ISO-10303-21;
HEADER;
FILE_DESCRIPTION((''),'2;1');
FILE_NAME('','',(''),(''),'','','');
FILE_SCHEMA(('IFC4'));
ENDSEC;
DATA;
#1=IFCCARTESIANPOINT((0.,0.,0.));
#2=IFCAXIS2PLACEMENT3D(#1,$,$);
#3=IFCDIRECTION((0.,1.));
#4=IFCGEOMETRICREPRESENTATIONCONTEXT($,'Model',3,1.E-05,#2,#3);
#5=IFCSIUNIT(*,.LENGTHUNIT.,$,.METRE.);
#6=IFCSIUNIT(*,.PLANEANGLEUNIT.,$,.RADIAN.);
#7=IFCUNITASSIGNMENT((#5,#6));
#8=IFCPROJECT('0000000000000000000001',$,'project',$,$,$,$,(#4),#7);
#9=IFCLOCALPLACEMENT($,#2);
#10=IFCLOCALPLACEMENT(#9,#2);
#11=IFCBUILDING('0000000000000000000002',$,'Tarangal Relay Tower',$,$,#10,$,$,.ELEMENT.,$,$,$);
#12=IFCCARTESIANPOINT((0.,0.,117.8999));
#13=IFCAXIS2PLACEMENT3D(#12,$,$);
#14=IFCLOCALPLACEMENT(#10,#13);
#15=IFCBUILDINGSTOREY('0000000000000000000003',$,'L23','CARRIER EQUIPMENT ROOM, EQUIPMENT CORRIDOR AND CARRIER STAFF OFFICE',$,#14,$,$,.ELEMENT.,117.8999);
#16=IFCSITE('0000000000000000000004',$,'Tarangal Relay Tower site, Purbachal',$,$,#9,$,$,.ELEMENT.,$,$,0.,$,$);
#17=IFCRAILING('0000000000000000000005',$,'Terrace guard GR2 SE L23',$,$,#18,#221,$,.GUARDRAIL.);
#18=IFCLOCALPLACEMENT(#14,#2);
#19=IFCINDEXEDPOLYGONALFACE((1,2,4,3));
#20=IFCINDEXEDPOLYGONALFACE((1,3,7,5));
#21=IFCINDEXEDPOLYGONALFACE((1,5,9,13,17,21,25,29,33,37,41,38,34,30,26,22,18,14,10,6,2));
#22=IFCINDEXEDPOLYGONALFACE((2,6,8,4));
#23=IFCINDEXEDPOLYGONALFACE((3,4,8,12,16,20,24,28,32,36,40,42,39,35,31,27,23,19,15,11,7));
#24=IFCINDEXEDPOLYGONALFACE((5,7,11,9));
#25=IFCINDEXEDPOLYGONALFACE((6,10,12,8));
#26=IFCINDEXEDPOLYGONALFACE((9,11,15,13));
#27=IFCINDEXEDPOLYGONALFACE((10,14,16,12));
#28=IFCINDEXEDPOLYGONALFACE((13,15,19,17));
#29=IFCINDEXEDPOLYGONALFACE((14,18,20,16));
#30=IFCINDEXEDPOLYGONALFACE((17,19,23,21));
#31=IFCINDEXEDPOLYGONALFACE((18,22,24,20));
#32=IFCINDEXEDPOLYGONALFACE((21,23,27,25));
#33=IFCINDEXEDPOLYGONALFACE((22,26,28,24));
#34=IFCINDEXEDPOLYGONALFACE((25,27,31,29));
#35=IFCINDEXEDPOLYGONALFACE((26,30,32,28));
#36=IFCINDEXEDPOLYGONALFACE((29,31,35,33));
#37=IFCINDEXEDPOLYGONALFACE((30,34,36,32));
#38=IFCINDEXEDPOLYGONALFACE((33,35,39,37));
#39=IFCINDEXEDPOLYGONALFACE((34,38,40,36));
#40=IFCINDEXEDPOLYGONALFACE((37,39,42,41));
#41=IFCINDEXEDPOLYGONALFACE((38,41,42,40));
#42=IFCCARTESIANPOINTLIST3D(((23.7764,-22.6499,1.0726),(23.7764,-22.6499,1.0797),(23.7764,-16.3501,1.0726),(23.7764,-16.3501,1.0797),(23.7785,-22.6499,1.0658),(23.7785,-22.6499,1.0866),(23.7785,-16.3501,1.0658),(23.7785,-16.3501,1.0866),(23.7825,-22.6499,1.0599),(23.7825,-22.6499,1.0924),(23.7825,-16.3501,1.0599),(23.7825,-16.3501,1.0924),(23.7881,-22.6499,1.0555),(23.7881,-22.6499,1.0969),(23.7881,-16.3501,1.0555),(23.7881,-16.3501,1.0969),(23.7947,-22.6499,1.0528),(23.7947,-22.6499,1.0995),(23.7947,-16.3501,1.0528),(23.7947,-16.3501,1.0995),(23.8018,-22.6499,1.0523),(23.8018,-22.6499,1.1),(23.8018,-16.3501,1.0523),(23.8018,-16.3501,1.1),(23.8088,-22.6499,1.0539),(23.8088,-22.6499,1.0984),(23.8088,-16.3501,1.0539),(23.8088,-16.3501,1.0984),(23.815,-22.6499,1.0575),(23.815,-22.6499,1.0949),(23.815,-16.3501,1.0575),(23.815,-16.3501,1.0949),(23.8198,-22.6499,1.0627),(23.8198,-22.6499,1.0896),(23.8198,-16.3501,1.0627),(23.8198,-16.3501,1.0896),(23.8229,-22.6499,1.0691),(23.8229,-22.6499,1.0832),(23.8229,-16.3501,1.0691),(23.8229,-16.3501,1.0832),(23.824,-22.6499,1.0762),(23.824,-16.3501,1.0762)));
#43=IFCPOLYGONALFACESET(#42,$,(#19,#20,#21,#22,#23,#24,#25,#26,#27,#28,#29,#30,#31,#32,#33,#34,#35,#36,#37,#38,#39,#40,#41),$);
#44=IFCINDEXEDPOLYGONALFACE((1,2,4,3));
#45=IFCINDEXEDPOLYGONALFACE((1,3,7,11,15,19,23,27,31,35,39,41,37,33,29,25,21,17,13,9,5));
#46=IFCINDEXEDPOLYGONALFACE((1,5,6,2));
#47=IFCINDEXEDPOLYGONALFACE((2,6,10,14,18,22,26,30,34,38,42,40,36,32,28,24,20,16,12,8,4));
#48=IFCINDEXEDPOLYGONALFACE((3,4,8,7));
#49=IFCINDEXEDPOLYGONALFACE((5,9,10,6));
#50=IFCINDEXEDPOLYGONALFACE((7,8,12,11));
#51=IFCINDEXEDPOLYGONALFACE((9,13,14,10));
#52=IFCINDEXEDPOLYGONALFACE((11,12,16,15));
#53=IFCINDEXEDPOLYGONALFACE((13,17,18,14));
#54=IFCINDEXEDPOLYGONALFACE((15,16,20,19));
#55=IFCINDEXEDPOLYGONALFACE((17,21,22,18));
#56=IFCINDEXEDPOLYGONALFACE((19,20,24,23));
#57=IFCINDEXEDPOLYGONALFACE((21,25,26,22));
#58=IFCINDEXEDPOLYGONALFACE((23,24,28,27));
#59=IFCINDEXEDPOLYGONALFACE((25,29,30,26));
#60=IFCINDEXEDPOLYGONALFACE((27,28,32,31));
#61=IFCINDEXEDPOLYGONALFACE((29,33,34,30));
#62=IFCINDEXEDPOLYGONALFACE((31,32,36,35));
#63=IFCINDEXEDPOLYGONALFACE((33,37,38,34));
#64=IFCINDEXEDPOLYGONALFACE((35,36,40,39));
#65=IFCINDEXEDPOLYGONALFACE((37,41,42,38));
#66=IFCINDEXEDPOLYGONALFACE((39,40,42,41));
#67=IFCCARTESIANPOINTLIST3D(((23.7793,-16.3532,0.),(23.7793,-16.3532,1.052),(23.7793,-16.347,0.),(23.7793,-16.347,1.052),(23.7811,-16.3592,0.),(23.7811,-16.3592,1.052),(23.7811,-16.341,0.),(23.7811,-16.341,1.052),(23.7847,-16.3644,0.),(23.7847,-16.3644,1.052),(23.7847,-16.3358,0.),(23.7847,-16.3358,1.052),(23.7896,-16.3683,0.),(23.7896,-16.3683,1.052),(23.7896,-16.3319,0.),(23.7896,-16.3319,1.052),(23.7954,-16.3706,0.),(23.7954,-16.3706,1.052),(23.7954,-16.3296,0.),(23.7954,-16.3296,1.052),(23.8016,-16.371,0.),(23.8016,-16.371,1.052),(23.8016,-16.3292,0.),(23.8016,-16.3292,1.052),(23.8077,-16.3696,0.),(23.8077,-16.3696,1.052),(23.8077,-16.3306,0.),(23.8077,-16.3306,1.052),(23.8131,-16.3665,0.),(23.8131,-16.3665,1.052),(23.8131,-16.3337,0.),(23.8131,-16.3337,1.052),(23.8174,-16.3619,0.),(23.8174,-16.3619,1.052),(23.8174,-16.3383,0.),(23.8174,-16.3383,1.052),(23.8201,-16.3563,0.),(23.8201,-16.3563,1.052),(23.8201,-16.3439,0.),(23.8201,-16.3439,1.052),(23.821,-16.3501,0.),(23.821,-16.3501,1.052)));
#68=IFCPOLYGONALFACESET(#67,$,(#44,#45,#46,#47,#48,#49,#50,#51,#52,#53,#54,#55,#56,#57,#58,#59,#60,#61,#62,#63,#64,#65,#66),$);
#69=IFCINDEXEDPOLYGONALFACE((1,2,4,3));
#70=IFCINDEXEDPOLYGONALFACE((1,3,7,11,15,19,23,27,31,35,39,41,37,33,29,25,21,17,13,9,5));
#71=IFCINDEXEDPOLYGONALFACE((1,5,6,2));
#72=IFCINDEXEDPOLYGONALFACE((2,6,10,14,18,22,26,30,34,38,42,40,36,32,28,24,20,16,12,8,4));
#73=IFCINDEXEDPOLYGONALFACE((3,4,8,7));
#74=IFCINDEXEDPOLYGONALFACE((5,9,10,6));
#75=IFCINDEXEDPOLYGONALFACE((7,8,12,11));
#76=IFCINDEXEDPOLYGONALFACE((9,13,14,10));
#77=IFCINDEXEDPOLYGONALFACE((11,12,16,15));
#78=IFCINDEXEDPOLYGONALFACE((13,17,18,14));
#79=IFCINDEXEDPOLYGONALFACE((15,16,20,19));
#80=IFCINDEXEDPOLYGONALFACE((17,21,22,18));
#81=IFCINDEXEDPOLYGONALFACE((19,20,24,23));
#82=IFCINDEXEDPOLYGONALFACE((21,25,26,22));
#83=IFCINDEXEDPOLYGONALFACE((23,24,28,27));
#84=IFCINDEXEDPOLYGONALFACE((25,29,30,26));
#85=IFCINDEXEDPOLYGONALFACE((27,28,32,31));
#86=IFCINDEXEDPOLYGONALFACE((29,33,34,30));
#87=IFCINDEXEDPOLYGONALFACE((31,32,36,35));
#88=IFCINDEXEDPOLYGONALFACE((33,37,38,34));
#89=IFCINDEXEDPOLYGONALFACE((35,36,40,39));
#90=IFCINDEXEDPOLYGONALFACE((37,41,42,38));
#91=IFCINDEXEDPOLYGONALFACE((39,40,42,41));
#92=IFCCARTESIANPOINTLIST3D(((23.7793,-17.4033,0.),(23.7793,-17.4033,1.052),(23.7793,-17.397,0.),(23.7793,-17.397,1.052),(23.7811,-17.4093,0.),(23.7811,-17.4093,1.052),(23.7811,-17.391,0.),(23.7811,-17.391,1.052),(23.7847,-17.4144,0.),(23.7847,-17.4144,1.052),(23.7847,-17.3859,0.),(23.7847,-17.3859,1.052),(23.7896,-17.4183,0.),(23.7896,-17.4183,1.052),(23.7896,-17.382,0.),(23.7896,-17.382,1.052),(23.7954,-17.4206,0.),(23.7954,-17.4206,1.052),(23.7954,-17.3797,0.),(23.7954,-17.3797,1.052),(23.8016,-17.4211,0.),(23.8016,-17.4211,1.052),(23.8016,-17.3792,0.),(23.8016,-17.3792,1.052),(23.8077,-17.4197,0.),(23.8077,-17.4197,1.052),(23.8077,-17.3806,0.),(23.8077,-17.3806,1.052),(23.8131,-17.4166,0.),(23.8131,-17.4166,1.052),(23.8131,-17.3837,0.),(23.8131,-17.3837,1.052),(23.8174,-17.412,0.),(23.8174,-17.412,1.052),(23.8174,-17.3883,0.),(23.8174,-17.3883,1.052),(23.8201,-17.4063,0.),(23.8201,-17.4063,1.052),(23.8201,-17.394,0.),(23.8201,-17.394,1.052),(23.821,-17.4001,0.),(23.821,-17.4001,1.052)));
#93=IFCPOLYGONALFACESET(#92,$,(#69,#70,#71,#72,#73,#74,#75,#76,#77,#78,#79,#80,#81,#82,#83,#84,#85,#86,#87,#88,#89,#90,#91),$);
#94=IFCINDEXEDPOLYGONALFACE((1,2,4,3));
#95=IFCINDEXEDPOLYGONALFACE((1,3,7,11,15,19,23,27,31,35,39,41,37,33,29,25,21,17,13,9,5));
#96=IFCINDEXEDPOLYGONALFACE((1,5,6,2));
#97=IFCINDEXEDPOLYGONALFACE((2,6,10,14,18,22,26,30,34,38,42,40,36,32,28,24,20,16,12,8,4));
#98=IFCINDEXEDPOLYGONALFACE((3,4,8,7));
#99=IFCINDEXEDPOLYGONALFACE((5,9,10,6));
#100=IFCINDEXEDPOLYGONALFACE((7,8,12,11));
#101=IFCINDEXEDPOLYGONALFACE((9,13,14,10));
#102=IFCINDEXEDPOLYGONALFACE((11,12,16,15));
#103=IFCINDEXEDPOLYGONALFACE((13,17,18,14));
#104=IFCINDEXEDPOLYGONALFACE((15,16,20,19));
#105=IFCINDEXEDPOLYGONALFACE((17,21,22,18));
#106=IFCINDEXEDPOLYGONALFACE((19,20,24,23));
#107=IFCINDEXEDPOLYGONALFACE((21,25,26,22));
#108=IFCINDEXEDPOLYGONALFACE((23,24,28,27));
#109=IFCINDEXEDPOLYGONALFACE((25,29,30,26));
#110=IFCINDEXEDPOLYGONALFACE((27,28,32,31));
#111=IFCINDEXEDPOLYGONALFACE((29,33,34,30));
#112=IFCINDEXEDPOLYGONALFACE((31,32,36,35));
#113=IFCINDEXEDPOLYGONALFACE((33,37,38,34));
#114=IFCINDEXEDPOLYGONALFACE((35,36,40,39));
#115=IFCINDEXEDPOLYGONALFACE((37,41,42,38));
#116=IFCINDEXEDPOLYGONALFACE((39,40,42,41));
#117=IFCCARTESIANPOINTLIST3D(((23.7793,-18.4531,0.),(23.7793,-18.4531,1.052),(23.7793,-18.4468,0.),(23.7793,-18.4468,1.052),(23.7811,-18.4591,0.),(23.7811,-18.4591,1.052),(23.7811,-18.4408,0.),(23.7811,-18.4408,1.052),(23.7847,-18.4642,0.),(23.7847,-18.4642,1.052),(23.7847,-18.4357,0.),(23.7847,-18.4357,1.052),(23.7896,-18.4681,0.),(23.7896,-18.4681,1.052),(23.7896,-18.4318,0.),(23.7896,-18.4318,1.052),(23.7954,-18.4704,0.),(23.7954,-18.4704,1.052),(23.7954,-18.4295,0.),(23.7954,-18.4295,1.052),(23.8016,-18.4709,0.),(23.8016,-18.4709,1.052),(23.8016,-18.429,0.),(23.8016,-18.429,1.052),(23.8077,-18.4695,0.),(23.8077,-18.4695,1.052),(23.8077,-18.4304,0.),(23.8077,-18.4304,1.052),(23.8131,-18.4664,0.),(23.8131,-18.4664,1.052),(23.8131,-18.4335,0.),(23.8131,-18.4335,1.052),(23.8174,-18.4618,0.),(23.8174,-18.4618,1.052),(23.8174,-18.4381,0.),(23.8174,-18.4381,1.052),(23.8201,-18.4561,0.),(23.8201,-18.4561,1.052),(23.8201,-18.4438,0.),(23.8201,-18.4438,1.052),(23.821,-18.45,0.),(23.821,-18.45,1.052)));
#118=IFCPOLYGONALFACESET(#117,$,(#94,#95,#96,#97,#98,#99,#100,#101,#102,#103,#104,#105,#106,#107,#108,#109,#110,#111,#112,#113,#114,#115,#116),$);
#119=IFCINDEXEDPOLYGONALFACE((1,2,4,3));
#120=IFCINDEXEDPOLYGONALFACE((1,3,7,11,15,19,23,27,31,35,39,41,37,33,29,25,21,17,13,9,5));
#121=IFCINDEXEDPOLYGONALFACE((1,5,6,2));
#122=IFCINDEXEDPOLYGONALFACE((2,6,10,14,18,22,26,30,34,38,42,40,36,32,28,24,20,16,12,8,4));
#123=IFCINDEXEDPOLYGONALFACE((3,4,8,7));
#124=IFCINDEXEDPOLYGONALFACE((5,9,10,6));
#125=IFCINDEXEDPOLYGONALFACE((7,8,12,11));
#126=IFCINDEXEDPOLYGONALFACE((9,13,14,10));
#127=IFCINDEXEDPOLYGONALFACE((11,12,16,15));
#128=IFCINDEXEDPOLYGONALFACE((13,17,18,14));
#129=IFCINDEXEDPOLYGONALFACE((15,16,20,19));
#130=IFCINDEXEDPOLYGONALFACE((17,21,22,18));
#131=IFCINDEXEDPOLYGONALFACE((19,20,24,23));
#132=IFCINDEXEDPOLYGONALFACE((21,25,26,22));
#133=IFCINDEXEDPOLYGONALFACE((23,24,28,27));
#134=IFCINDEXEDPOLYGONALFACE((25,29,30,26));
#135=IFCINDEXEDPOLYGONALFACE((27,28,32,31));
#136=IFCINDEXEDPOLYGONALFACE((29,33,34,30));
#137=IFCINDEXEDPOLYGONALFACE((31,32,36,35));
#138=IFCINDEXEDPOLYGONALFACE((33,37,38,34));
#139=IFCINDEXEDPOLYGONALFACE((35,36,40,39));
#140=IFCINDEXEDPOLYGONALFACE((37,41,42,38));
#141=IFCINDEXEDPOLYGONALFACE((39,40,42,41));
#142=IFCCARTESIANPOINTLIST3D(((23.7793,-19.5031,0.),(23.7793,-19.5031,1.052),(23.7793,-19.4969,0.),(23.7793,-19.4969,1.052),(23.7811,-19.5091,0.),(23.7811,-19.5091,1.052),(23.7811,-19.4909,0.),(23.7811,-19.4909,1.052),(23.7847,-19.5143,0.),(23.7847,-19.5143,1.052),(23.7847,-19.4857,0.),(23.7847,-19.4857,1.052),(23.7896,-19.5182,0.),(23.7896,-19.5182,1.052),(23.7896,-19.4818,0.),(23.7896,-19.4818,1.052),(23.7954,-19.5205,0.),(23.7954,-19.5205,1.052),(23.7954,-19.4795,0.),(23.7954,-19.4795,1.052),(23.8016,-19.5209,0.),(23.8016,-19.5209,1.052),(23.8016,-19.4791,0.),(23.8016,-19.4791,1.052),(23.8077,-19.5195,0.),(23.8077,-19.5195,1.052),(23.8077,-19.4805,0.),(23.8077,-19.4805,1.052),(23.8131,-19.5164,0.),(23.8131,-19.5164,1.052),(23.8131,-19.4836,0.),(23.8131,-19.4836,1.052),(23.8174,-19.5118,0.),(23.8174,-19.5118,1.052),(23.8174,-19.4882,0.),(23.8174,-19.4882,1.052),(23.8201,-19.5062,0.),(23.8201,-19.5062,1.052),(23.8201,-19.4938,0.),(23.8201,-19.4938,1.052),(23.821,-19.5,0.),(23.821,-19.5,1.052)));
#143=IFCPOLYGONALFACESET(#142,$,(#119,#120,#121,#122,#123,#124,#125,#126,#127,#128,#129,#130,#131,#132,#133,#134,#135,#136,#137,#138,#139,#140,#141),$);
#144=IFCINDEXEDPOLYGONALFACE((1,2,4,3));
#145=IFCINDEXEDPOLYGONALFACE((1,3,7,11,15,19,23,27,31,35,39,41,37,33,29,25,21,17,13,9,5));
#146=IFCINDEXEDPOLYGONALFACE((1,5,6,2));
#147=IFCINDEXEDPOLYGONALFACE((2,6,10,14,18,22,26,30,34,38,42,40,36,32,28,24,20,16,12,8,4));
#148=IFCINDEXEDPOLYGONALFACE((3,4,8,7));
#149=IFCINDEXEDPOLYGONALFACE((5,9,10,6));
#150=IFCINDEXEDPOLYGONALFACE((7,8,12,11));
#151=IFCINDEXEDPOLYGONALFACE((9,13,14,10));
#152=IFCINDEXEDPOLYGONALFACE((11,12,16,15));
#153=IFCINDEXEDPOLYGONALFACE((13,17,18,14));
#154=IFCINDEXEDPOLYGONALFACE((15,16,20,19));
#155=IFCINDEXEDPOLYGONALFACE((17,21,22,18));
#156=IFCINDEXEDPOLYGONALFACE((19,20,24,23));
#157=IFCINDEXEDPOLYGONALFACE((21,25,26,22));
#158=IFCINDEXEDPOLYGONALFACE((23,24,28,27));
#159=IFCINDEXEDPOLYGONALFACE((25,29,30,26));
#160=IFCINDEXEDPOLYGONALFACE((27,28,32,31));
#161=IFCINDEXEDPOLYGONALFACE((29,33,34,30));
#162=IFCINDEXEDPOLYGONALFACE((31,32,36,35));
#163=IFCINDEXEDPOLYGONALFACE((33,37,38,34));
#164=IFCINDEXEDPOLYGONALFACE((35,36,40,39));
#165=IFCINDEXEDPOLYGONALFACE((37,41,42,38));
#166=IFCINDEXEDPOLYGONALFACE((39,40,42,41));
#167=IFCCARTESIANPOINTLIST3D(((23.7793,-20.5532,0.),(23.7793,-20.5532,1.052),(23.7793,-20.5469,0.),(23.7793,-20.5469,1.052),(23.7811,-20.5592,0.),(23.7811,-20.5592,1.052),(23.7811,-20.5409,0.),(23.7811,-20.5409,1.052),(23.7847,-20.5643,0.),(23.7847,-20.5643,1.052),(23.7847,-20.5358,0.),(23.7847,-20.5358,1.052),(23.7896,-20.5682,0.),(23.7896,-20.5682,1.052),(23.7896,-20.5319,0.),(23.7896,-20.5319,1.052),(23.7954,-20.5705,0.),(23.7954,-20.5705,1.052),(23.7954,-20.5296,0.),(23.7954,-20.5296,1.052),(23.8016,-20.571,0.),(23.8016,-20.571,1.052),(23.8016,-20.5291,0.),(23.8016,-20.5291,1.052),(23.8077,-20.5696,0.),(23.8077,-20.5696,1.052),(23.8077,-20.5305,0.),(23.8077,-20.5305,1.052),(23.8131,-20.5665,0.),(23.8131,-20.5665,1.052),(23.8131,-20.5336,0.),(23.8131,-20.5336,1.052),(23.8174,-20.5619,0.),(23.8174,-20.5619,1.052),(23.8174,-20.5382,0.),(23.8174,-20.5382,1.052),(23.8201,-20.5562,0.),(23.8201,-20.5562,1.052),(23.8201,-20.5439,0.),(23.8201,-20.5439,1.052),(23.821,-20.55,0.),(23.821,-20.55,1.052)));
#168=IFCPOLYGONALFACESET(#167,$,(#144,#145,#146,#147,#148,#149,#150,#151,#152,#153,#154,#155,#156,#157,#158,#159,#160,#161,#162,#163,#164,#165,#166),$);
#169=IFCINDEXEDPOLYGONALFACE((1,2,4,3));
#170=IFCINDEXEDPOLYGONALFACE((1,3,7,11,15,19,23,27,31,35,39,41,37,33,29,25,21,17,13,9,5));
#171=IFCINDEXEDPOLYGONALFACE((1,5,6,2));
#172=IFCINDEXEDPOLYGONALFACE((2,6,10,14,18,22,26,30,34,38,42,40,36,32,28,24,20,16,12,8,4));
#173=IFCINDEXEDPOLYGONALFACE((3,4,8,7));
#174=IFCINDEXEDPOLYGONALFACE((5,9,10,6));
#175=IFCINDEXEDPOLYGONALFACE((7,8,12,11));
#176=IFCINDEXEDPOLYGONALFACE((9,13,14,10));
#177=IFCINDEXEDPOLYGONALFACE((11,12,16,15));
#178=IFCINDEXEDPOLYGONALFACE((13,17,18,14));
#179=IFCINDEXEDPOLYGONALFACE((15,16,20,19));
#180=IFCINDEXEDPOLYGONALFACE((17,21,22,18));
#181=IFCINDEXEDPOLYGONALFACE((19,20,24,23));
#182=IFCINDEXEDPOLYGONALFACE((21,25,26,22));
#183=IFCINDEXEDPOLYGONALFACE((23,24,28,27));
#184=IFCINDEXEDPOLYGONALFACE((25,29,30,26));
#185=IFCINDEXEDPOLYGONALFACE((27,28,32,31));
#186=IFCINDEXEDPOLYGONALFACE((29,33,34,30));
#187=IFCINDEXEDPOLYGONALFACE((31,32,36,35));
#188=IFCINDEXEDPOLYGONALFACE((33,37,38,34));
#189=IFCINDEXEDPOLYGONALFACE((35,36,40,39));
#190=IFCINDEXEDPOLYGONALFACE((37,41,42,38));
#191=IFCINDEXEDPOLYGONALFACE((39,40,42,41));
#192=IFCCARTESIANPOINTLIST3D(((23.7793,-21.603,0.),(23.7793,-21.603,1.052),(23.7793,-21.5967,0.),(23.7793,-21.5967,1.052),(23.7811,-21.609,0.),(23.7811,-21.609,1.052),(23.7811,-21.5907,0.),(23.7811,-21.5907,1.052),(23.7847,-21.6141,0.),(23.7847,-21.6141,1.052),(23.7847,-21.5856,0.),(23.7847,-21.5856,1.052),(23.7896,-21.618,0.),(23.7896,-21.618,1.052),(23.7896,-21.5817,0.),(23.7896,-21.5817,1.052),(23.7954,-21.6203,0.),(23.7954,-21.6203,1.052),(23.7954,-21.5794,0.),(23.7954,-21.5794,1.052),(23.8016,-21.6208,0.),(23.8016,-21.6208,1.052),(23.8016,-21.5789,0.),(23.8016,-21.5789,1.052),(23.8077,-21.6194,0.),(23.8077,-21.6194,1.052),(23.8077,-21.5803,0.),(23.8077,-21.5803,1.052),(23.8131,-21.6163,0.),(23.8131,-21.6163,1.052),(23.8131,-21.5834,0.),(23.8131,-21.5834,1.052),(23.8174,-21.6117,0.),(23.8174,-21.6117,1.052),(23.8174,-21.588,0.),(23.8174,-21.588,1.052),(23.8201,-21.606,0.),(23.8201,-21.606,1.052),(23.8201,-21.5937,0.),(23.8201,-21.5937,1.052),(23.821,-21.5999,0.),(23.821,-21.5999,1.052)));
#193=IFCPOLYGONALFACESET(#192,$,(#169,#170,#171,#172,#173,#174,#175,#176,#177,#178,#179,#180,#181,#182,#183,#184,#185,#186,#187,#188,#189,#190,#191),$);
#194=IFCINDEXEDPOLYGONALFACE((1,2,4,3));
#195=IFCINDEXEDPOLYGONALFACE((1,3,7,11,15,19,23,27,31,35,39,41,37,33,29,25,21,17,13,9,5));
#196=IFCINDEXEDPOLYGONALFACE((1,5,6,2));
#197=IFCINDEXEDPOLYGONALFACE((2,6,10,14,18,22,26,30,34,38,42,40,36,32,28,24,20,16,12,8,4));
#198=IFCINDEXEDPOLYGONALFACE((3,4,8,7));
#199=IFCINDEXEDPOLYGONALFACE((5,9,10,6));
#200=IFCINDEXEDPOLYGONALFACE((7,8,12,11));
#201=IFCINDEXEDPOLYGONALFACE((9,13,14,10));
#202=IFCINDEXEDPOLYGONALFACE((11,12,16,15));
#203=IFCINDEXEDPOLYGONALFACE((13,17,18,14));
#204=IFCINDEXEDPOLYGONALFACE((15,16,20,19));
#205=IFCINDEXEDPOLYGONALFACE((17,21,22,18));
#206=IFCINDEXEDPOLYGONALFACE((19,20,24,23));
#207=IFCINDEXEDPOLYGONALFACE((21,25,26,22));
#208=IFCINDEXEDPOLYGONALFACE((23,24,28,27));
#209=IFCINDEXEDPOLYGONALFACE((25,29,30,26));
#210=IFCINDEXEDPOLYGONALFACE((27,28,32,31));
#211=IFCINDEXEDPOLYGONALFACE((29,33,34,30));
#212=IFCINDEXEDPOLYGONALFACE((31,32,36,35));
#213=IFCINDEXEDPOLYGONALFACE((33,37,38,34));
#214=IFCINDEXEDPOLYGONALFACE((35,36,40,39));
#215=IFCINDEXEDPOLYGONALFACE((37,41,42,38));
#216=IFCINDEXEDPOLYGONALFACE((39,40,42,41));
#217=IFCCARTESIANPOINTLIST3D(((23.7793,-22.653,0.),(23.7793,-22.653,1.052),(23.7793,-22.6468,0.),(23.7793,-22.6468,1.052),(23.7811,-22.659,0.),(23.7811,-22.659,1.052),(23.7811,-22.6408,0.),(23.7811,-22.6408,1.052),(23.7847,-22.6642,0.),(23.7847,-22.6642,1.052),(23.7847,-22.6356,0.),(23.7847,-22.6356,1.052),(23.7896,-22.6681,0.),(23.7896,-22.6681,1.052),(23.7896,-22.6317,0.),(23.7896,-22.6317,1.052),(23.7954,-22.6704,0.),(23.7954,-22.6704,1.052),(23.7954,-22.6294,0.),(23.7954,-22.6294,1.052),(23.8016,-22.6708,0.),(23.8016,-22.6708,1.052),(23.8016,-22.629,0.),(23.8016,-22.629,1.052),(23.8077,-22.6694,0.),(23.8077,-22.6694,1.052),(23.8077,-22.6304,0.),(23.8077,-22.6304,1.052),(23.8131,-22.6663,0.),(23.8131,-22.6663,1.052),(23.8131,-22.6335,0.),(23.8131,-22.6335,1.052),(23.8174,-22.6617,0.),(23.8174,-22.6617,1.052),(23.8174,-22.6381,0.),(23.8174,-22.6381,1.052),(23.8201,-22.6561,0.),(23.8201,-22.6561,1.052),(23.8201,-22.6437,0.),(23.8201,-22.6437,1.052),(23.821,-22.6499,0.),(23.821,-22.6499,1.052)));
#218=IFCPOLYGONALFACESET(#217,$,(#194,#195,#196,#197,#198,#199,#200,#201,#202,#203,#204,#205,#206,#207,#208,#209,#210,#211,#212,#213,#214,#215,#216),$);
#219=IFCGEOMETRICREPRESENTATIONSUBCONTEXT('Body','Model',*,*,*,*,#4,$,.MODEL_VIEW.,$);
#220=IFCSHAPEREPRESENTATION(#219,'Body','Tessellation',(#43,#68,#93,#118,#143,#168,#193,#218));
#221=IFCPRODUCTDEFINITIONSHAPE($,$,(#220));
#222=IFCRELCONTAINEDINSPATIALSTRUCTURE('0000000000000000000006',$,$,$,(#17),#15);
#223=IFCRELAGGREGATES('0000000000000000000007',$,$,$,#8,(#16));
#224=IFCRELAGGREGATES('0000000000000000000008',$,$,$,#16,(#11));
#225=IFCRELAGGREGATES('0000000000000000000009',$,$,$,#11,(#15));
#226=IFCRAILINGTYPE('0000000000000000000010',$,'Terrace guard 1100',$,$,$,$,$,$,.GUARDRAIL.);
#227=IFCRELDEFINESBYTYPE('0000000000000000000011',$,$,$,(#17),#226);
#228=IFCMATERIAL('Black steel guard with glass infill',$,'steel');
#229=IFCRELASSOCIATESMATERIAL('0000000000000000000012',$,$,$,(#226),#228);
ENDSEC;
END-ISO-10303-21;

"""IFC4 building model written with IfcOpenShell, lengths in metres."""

from ifc_helpers import new_model, si_unit, direction, frame, origin, origin_2d, place, context, subcontext, project, spatial, circle, extrude, material, type_object, element, save


model = new_model("IFC4")

# Units and contexts
model_context = context("Model", 3, precision=1e-05, world=origin(), true_north=direction((0.0, 1.0)))
body_context = subcontext(model_context, "Body", "Model", "MODEL_VIEW")
ifc_project = project(units=[si_unit("LENGTHUNIT", "METRE"), si_unit("PLANEANGLEUNIT", "RADIAN")], contexts=[model_context])

# Site, building, storey
site_placement = place(None, origin())
site = spatial("IfcSite", under=ifc_project, at=site_placement, Name="Tarangal Relay Tower site, Purbachal", CompositionType="ELEMENT", RefElevation=0.0)
building_placement = place(site_placement, origin())
building = spatial("IfcBuilding", under=site, at=building_placement, Name="Tarangal Relay Tower", CompositionType="ELEMENT")
storey_placement = place(building_placement, frame((0.0, 0.0, 117.8999)))
storey = spatial("IfcBuildingStorey", under=building, at=storey_placement, Name="L23", Description="CARRIER EQUIPMENT ROOM, EQUIPMENT CORRIDOR AND CARRIER STAFF OFFICE", CompositionType="ELEMENT", Elevation=117.8999)

# Railing
ifc_material_1 = material(Name="Black steel guard with glass infill", Category="steel")
railing_type = type_object("IfcRailingType", Name="Terrace guard 1100", PredefinedType="GUARDRAIL", material=ifc_material_1)
railing_placement = place(storey_placement, frame((23.8, -16.3501, 0.0)))
element("IfcRailing", 1, at=railing_placement, inside=storey, type_object=railing_type, Name="Terrace guard GR2 SE L23", PredefinedType="GUARDRAIL", context=body_context, shape_type="SweptSolid", body=[
    extrude(circle(Radius=0.0239, at=origin_2d()), frame((0.0, 0.0, 1.0762), z_axis=(0.0, -1.0, 0.0), x_axis=(1.0, 0.0, 0.0)), (0.0, 0.0, 1.0), 6.2998),
    extrude(circle(Radius=0.021, at=origin_2d()), origin(), (0.0, 0.0, 1.0), 1.052),
    extrude(circle(Radius=0.021, at=origin_2d()), frame((0.0, -1.05, 0.0)), (0.0, 0.0, 1.0), 1.052),
    extrude(circle(Radius=0.021, at=origin_2d()), frame((0.0, -2.0999, 0.0)), (0.0, 0.0, 1.0), 1.052),
    extrude(circle(Radius=0.021, at=origin_2d()), frame((0.0, -3.1499, 0.0)), (0.0, 0.0, 1.0), 1.052),
    extrude(circle(Radius=0.021, at=origin_2d()), frame((0.0, -4.2, 0.0)), (0.0, 0.0, 1.0), 1.052),
    extrude(circle(Radius=0.021, at=origin_2d()), frame((0.0, -5.2498, 0.0)), (0.0, 0.0, 1.0), 1.052),
    extrude(circle(Radius=0.021, at=origin_2d()), frame((0.0, -6.2998, 0.0)), (0.0, 0.0, 1.0), 1.052),
])

save(model, "model.ifc")
